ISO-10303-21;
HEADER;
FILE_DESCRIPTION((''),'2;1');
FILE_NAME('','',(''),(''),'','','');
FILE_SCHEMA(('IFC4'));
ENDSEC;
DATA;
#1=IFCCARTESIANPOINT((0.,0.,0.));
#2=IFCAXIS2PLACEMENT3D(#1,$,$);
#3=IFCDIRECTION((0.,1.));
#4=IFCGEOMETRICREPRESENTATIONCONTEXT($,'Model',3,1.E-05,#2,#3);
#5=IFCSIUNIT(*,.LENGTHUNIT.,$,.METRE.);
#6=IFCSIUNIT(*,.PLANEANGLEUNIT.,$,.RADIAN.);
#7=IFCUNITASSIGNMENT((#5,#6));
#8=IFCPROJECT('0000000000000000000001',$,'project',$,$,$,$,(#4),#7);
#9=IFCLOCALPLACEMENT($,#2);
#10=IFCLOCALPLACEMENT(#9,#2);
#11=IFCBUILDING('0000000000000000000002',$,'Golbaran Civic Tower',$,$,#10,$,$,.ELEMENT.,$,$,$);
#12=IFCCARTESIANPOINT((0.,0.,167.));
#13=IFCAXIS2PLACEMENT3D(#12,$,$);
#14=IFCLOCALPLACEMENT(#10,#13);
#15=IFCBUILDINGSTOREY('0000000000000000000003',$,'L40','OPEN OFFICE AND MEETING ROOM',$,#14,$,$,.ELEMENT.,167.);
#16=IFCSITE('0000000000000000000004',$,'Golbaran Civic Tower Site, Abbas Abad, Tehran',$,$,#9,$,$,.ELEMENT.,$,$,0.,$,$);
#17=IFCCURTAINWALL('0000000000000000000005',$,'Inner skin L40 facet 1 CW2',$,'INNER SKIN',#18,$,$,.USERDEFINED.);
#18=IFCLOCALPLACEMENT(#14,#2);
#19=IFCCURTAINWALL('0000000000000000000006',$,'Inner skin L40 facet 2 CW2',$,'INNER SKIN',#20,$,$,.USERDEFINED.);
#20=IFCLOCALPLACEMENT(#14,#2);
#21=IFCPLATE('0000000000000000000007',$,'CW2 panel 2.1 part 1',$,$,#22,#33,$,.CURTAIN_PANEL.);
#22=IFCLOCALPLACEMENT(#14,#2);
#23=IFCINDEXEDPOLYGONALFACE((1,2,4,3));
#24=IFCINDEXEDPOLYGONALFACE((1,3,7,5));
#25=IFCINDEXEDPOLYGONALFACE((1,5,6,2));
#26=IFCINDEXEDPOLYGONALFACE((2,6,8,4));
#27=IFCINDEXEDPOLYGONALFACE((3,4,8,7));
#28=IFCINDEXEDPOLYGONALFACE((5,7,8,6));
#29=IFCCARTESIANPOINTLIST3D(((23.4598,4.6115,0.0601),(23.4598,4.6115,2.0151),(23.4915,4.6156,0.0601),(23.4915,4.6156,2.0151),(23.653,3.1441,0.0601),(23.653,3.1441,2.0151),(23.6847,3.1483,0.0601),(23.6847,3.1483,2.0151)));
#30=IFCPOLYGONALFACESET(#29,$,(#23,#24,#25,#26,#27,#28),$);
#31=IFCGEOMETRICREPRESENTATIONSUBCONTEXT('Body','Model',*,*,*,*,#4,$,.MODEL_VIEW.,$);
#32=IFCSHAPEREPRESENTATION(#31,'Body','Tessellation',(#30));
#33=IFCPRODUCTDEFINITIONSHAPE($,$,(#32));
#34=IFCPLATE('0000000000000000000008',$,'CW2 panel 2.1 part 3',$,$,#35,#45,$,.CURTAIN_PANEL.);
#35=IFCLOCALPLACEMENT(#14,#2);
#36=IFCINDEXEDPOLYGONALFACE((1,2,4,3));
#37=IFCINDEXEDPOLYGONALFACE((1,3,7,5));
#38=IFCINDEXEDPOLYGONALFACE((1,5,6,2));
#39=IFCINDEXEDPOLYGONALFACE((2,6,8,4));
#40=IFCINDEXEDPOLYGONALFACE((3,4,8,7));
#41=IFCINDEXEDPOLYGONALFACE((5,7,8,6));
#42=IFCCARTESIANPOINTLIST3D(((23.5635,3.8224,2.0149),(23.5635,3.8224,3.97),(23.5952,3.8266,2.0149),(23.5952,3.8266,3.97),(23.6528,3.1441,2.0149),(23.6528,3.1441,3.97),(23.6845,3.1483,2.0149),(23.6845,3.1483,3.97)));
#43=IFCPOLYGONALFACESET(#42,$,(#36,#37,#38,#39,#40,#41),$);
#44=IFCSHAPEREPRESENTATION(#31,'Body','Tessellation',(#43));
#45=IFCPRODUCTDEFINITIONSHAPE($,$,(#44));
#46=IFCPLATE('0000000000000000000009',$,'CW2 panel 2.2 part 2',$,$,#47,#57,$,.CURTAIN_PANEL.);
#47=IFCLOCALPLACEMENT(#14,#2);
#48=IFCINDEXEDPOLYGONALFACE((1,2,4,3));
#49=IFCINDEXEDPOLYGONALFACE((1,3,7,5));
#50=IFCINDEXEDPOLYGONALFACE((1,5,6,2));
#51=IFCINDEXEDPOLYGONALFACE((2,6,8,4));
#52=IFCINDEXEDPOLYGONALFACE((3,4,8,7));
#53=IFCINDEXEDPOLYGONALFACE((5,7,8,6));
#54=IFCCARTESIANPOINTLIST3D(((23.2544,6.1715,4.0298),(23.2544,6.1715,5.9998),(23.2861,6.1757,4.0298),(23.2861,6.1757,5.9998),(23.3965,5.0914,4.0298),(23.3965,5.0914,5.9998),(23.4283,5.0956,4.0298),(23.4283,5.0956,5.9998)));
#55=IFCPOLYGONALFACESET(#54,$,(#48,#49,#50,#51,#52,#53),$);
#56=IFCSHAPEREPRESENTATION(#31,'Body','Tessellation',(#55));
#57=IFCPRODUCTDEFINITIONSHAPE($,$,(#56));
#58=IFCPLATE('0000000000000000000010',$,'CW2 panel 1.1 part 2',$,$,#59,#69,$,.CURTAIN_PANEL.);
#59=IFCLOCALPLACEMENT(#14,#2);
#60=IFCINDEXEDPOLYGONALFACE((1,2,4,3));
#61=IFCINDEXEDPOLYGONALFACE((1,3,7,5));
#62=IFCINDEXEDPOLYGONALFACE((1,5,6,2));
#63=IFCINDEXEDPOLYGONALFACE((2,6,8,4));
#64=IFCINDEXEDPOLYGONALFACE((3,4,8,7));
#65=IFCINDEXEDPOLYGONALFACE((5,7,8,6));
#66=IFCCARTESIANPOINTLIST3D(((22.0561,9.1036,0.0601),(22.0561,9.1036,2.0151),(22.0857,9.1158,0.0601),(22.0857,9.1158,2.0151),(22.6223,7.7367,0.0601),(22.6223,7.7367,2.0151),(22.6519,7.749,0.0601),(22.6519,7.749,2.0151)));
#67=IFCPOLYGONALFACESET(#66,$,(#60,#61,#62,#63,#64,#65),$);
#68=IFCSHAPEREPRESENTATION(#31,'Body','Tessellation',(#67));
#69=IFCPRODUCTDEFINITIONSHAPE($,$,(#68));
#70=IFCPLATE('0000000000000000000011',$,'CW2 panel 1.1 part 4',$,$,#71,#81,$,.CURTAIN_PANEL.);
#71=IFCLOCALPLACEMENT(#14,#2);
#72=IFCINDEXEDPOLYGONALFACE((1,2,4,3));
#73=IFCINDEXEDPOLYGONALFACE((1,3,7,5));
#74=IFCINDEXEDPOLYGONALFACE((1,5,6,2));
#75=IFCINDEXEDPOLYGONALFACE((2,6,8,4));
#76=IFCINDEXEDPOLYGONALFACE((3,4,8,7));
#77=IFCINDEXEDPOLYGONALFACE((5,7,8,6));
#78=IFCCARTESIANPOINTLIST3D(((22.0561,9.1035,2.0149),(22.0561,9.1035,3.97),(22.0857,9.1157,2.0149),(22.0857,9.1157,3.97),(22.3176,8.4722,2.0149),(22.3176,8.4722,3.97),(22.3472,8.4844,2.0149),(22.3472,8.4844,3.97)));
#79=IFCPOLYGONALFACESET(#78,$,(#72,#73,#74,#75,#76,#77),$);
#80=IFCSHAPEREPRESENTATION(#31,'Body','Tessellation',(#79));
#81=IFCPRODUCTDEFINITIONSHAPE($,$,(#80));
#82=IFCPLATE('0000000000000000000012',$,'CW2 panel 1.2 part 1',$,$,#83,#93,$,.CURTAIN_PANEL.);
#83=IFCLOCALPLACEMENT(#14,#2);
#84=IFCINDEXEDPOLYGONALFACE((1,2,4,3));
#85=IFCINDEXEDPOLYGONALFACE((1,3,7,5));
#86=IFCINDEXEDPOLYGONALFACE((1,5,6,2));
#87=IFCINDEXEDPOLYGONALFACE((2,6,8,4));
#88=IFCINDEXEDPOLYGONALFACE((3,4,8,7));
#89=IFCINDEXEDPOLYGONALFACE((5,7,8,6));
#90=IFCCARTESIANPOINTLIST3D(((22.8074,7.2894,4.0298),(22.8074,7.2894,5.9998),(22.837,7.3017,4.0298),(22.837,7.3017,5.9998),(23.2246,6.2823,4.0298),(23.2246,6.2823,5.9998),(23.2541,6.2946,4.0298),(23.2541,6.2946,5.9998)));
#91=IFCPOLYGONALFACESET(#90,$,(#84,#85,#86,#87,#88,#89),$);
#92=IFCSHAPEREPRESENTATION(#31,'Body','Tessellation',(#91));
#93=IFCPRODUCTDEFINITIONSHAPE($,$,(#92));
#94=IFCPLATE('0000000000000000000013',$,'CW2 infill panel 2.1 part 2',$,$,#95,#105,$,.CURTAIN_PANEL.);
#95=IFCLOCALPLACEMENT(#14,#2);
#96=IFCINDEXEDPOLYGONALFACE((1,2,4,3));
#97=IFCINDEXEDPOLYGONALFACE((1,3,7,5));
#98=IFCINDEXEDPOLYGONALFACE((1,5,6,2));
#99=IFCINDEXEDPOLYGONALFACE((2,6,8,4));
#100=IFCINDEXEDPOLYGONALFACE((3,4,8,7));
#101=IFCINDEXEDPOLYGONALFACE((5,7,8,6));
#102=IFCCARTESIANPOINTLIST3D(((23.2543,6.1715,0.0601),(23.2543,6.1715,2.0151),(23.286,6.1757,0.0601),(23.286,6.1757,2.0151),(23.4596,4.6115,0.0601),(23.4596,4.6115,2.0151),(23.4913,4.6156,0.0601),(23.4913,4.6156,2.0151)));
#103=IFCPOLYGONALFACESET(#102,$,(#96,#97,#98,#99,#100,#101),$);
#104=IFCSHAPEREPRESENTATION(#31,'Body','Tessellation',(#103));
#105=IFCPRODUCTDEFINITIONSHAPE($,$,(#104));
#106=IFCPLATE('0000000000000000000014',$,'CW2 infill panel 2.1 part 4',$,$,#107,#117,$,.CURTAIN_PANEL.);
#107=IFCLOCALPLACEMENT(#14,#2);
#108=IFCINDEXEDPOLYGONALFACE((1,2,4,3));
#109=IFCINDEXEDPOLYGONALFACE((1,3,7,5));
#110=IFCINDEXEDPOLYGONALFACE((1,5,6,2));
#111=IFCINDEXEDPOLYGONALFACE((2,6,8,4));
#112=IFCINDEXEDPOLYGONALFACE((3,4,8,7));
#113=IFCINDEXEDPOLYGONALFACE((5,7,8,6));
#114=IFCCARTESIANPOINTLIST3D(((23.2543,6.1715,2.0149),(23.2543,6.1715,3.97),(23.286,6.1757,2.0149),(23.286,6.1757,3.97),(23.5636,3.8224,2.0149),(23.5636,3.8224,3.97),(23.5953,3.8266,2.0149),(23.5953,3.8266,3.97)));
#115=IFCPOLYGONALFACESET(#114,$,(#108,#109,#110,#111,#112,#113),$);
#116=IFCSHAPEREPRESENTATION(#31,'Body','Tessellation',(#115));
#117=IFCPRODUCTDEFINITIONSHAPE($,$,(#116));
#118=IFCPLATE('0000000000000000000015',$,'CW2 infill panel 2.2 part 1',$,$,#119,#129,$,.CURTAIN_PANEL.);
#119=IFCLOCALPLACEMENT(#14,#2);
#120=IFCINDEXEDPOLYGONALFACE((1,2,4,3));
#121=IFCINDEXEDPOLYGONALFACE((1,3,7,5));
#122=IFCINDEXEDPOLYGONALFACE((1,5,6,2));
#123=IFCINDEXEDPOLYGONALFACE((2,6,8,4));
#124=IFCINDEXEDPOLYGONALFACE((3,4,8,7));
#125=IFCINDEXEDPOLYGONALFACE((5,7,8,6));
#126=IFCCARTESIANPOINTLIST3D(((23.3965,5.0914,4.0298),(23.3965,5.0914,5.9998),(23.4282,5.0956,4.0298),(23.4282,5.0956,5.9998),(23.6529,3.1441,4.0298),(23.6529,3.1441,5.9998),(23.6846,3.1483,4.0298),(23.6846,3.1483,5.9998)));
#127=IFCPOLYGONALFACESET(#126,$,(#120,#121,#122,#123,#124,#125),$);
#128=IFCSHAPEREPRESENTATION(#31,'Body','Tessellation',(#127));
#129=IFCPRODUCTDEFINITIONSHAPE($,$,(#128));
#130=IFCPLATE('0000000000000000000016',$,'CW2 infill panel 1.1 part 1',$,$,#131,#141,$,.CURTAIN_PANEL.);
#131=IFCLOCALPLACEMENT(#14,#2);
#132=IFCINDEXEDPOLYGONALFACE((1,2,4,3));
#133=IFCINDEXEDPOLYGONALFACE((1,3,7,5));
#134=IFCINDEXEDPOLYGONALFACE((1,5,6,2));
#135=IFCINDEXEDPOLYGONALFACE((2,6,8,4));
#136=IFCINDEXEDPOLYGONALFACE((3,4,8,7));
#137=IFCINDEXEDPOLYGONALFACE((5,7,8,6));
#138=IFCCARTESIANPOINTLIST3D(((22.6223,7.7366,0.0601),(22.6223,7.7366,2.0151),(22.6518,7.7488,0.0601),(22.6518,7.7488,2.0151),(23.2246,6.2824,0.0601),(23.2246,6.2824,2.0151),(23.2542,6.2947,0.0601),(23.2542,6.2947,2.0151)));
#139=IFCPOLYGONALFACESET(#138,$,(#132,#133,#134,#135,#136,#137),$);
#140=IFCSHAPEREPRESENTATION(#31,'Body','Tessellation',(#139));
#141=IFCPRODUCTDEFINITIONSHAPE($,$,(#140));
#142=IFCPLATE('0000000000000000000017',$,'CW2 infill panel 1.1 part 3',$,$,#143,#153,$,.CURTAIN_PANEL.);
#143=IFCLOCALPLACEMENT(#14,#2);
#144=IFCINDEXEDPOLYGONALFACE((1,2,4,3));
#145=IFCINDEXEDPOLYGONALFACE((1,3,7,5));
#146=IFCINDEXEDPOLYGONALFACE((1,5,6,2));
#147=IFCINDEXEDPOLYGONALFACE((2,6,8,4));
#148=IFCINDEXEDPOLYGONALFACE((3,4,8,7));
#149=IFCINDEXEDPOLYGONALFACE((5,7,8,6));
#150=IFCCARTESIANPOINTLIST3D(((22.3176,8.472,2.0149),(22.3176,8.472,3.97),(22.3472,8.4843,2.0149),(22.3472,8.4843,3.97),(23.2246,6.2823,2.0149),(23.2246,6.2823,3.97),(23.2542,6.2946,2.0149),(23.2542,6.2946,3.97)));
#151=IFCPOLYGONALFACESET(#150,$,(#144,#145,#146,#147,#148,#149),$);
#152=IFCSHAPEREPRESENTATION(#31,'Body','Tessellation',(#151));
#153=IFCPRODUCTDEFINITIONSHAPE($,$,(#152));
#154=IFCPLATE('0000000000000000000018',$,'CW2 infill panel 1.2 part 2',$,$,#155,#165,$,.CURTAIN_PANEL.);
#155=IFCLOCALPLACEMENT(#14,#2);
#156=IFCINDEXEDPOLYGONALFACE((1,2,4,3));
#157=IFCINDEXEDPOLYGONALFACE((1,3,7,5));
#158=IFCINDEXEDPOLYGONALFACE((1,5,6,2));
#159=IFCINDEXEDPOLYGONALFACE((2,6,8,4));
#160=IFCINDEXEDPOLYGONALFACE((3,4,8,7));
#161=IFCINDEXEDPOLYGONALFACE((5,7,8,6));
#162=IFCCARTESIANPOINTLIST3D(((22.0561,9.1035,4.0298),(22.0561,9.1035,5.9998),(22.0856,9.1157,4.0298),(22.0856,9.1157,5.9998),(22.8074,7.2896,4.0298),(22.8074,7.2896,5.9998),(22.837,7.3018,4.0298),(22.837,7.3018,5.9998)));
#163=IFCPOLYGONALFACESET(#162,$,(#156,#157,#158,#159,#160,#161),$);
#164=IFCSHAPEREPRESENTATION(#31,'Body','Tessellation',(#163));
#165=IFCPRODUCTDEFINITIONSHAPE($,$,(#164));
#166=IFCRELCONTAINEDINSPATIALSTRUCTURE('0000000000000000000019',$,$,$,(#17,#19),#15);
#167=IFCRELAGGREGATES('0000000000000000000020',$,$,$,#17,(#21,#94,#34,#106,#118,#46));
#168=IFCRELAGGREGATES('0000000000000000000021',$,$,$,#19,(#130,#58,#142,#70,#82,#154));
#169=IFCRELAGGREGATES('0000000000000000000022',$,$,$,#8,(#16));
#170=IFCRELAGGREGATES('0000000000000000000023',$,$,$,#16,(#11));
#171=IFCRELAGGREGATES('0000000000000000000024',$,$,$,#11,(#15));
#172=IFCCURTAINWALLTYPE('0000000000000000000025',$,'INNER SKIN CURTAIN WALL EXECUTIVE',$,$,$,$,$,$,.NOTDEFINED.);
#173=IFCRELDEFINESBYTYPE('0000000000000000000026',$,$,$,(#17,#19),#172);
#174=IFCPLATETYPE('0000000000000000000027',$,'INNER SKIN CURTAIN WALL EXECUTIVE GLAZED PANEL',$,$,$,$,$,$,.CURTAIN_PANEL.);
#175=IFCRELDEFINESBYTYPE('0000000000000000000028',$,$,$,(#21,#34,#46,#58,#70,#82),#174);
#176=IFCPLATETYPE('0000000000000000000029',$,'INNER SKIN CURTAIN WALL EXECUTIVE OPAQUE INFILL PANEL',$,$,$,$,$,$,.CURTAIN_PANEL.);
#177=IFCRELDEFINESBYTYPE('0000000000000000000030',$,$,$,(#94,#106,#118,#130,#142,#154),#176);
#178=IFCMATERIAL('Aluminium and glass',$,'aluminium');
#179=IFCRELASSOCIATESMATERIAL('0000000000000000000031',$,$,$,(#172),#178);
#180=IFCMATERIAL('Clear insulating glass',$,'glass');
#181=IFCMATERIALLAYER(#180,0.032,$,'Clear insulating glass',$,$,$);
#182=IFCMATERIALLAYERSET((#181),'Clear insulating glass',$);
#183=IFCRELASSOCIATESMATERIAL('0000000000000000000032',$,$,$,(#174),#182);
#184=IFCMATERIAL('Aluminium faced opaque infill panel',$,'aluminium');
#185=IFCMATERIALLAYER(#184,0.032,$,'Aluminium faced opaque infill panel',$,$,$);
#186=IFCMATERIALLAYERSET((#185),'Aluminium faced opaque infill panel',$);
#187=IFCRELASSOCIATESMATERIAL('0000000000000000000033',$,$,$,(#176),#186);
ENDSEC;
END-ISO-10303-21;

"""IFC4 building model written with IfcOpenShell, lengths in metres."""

from ifc_helpers import new_model, si_unit, direction, frame, origin, origin_2d, place, context, subcontext, project, spatial, rectangle, extrude, material, layer, layer_set, type_object, element, aggregate, save


model = new_model("IFC4")

# Units and contexts
model_context = context("Model", 3, precision=1e-05, world=origin(), true_north=direction((0.0, 1.0)))
body_context = subcontext(model_context, "Body", "Model", "MODEL_VIEW")
ifc_project = project(units=[si_unit("LENGTHUNIT", "METRE"), si_unit("PLANEANGLEUNIT", "RADIAN")], contexts=[model_context])

# Site, building, storey
site_placement = place(None, origin())
site = spatial("IfcSite", under=ifc_project, at=site_placement, Name="Golbaran Civic Tower Site, Abbas Abad, Tehran", CompositionType="ELEMENT", RefElevation=0.0)
building_placement = place(site_placement, origin())
building = spatial("IfcBuilding", under=site, at=building_placement, Name="Golbaran Civic Tower", CompositionType="ELEMENT")
storey_placement = place(building_placement, frame((0.0, 0.0, 167.0)))
storey = spatial("IfcBuildingStorey", under=building, at=storey_placement, Name="L40", Description="OPEN OFFICE AND MEETING ROOM", CompositionType="ELEMENT", Elevation=167.0)

# Curtain wall
ifc_material_1 = material(Name="Aluminium and glass", Category="aluminium")
curtain_wall_type = type_object("IfcCurtainWallType", Name="INNER SKIN CURTAIN WALL EXECUTIVE", PredefinedType="NOTDEFINED", material=ifc_material_1)
curtain_wall_1_placement = place(storey_placement, origin())
curtain_wall_1 = element("IfcCurtainWall", 1, at=curtain_wall_1_placement, inside=storey, type_object=curtain_wall_type, Name="Inner skin L40 facet 1 CW2", ObjectType="INNER SKIN", PredefinedType="USERDEFINED")

# Curtain wall
curtain_wall_2_placement = place(storey_placement, origin())
curtain_wall_2 = element("IfcCurtainWall", 2, at=curtain_wall_2_placement, inside=storey, type_object=curtain_wall_type, Name="Inner skin L40 facet 2 CW2", ObjectType="INNER SKIN", PredefinedType="USERDEFINED")

# Plates
ifc_material_2 = material(Name="Clear insulating glass", Category="glass")
ifc_layer_1 = layer(ifc_material_2, 0.032, Name="Clear insulating glass")
ifc_layer_set_1 = layer_set([ifc_layer_1], Name="Clear insulating glass")
plate_type_1 = type_object("IfcPlateType", Name="INNER SKIN CURTAIN WALL EXECUTIVE GLAZED PANEL", PredefinedType="CURTAIN_PANEL", material=ifc_layer_set_1)
plate_1_placement = place(storey_placement, frame((23.5723, 3.8799, 0.0601), z_axis=(0.0, 0.0, 1.0), x_axis=(-0.130526, 0.991445, 0.0)))
plate_1 = element("IfcPlate", 3, at=plate_1_placement, type_object=plate_type_1, Name="CW2 panel 2.1 part 1", PredefinedType="CURTAIN_PANEL", context=body_context, shape_type="SweptSolid", body=[
    extrude(rectangle(XDim=1.48, YDim=0.032, at=origin_2d()), origin(), (0.0, 0.0, 1.0), 1.9551),
])
plate_2_placement = place(storey_placement, frame((23.624, 3.4854, 2.0149), z_axis=(0.0, 0.0, 1.0), x_axis=(-0.130526, 0.991445, 0.0)))
plate_2 = element("IfcPlate", 4, at=plate_2_placement, type_object=plate_type_1, Name="CW2 panel 2.1 part 3", PredefinedType="CURTAIN_PANEL", context=body_context, shape_type="SweptSolid", body=[
    extrude(rectangle(XDim=0.6841, YDim=0.032, at=origin_2d()), origin(), (0.0, 0.0, 1.0), 1.9551),
])
plate_3_placement = place(storey_placement, frame((23.3413, 5.6335, 4.0298), z_axis=(0.0, 0.0, 1.0), x_axis=(-0.130526, 0.991445, 0.0)))
plate_3 = element("IfcPlate", 5, at=plate_3_placement, type_object=plate_type_1, Name="CW2 panel 2.2 part 2", PredefinedType="CURTAIN_PANEL", context=body_context, shape_type="SweptSolid", body=[
    extrude(rectangle(XDim=1.0894, YDim=0.032, at=origin_2d()), origin(), (0.0, 0.0, 1.0), 1.97),
])
plate_4_placement = place(storey_placement, frame((22.354, 8.4263, 0.0601), z_axis=(0.0, 0.0, 1.0), x_axis=(-0.382683, 0.92388, 0.0)))
plate_4 = element("IfcPlate", 6, at=plate_4_placement, type_object=plate_type_1, Name="CW2 panel 1.1 part 2", PredefinedType="CURTAIN_PANEL", context=body_context, shape_type="SweptSolid", body=[
    extrude(rectangle(XDim=1.4795, YDim=0.032, at=origin_2d()), origin(), (0.0, 0.0, 1.0), 1.9551),
])
plate_5_placement = place(storey_placement, frame((22.2017, 8.7939, 2.0149), z_axis=(0.0, 0.0, 1.0), x_axis=(-0.382683, 0.92388, 0.0)))
plate_5 = element("IfcPlate", 7, at=plate_5_placement, type_object=plate_type_1, Name="CW2 panel 1.1 part 4", PredefinedType="CURTAIN_PANEL", context=body_context, shape_type="SweptSolid", body=[
    extrude(rectangle(XDim=0.6833, YDim=0.032, at=origin_2d()), origin(), (0.0, 0.0, 1.0), 1.9551),
])
plate_6_placement = place(storey_placement, frame((23.0308, 6.792, 4.0298), z_axis=(0.0, 0.0, 1.0), x_axis=(-0.382683, 0.92388, 0.0)))
plate_6 = element("IfcPlate", 8, at=plate_6_placement, type_object=plate_type_1, Name="CW2 panel 1.2 part 1", PredefinedType="CURTAIN_PANEL", context=body_context, shape_type="SweptSolid", body=[
    extrude(rectangle(XDim=1.0901, YDim=0.032, at=origin_2d()), origin(), (0.0, 0.0, 1.0), 1.97),
])
ifc_material_3 = material(Name="Aluminium faced opaque infill panel", Category="aluminium")
ifc_layer_2 = layer(ifc_material_3, 0.032, Name="Aluminium faced opaque infill panel")
ifc_layer_set_2 = layer_set([ifc_layer_2], Name="Aluminium faced opaque infill panel")
plate_type_2 = type_object("IfcPlateType", Name="INNER SKIN CURTAIN WALL EXECUTIVE OPAQUE INFILL PANEL", PredefinedType="CURTAIN_PANEL", material=ifc_layer_set_2)
plate_7_placement = place(storey_placement, frame((23.3728, 5.3936, 0.0601), z_axis=(0.0, 0.0, 1.0), x_axis=(-0.130526, 0.991445, 0.0)))
plate_7 = element("IfcPlate", 9, at=plate_7_placement, type_object=plate_type_2, Name="CW2 infill panel 2.1 part 2", PredefinedType="CURTAIN_PANEL", context=body_context, shape_type="SweptSolid", body=[
    extrude(rectangle(XDim=1.5735, YDim=0.032, at=origin_2d()), origin(), (0.0, 0.0, 1.0), 1.9551),
])
plate_8_placement = place(storey_placement, frame((23.4248, 4.999, 2.0149), z_axis=(0.0, 0.0, 1.0), x_axis=(-0.130526, 0.991445, 0.0)))
plate_8 = element("IfcPlate", 10, at=plate_8_placement, type_object=plate_type_2, Name="CW2 infill panel 2.1 part 4", PredefinedType="CURTAIN_PANEL", context=body_context, shape_type="SweptSolid", body=[
    extrude(rectangle(XDim=2.3694, YDim=0.032, at=origin_2d()), origin(), (0.0, 0.0, 1.0), 1.9551),
])
plate_9_placement = place(storey_placement, frame((23.5405, 4.1199, 4.0298), z_axis=(0.0, 0.0, 1.0), x_axis=(-0.130526, 0.991445, 0.0)))
plate_9 = element("IfcPlate", 11, at=plate_9_placement, type_object=plate_type_2, Name="CW2 infill panel 2.2 part 1", PredefinedType="CURTAIN_PANEL", context=body_context, shape_type="SweptSolid", body=[
    extrude(rectangle(XDim=1.9641, YDim=0.032, at=origin_2d()), origin(), (0.0, 0.0, 1.0), 1.97),
])
aggregate(curtain_wall_1, [plate_1, plate_7, plate_2, plate_8, plate_9, plate_3])
plate_10_placement = place(storey_placement, frame((22.9382, 7.0156, 0.0601), z_axis=(0.0, 0.0, 1.0), x_axis=(-0.382683, 0.92388, 0.0)))
plate_10 = element("IfcPlate", 12, at=plate_10_placement, type_object=plate_type_2, Name="CW2 infill panel 1.1 part 1", PredefinedType="CURTAIN_PANEL", context=body_context, shape_type="SweptSolid", body=[
    extrude(rectangle(XDim=1.574, YDim=0.032, at=origin_2d()), origin(), (0.0, 0.0, 1.0), 1.9551),
])
plate_11_placement = place(storey_placement, frame((22.7859, 7.3833, 2.0149), z_axis=(0.0, 0.0, 1.0), x_axis=(-0.382683, 0.92388, 0.0)))
plate_11 = element("IfcPlate", 13, at=plate_11_placement, type_object=plate_type_2, Name="CW2 infill panel 1.1 part 3", PredefinedType="CURTAIN_PANEL", context=body_context, shape_type="SweptSolid", body=[
    extrude(rectangle(XDim=2.3701, YDim=0.032, at=origin_2d()), origin(), (0.0, 0.0, 1.0), 1.9551),
])
plate_12_placement = place(storey_placement, frame((22.4465, 8.2026, 4.0298), z_axis=(0.0, 0.0, 1.0), x_axis=(-0.382683, 0.92388, 0.0)))
plate_12 = element("IfcPlate", 14, at=plate_12_placement, type_object=plate_type_2, Name="CW2 infill panel 1.2 part 2", PredefinedType="CURTAIN_PANEL", context=body_context, shape_type="SweptSolid", body=[
    extrude(rectangle(XDim=1.9634, YDim=0.032, at=origin_2d()), origin(), (0.0, 0.0, 1.0), 1.97),
])
aggregate(curtain_wall_2, [plate_10, plate_4, plate_11, plate_5, plate_6, plate_12])

save(model, "model.ifc")
